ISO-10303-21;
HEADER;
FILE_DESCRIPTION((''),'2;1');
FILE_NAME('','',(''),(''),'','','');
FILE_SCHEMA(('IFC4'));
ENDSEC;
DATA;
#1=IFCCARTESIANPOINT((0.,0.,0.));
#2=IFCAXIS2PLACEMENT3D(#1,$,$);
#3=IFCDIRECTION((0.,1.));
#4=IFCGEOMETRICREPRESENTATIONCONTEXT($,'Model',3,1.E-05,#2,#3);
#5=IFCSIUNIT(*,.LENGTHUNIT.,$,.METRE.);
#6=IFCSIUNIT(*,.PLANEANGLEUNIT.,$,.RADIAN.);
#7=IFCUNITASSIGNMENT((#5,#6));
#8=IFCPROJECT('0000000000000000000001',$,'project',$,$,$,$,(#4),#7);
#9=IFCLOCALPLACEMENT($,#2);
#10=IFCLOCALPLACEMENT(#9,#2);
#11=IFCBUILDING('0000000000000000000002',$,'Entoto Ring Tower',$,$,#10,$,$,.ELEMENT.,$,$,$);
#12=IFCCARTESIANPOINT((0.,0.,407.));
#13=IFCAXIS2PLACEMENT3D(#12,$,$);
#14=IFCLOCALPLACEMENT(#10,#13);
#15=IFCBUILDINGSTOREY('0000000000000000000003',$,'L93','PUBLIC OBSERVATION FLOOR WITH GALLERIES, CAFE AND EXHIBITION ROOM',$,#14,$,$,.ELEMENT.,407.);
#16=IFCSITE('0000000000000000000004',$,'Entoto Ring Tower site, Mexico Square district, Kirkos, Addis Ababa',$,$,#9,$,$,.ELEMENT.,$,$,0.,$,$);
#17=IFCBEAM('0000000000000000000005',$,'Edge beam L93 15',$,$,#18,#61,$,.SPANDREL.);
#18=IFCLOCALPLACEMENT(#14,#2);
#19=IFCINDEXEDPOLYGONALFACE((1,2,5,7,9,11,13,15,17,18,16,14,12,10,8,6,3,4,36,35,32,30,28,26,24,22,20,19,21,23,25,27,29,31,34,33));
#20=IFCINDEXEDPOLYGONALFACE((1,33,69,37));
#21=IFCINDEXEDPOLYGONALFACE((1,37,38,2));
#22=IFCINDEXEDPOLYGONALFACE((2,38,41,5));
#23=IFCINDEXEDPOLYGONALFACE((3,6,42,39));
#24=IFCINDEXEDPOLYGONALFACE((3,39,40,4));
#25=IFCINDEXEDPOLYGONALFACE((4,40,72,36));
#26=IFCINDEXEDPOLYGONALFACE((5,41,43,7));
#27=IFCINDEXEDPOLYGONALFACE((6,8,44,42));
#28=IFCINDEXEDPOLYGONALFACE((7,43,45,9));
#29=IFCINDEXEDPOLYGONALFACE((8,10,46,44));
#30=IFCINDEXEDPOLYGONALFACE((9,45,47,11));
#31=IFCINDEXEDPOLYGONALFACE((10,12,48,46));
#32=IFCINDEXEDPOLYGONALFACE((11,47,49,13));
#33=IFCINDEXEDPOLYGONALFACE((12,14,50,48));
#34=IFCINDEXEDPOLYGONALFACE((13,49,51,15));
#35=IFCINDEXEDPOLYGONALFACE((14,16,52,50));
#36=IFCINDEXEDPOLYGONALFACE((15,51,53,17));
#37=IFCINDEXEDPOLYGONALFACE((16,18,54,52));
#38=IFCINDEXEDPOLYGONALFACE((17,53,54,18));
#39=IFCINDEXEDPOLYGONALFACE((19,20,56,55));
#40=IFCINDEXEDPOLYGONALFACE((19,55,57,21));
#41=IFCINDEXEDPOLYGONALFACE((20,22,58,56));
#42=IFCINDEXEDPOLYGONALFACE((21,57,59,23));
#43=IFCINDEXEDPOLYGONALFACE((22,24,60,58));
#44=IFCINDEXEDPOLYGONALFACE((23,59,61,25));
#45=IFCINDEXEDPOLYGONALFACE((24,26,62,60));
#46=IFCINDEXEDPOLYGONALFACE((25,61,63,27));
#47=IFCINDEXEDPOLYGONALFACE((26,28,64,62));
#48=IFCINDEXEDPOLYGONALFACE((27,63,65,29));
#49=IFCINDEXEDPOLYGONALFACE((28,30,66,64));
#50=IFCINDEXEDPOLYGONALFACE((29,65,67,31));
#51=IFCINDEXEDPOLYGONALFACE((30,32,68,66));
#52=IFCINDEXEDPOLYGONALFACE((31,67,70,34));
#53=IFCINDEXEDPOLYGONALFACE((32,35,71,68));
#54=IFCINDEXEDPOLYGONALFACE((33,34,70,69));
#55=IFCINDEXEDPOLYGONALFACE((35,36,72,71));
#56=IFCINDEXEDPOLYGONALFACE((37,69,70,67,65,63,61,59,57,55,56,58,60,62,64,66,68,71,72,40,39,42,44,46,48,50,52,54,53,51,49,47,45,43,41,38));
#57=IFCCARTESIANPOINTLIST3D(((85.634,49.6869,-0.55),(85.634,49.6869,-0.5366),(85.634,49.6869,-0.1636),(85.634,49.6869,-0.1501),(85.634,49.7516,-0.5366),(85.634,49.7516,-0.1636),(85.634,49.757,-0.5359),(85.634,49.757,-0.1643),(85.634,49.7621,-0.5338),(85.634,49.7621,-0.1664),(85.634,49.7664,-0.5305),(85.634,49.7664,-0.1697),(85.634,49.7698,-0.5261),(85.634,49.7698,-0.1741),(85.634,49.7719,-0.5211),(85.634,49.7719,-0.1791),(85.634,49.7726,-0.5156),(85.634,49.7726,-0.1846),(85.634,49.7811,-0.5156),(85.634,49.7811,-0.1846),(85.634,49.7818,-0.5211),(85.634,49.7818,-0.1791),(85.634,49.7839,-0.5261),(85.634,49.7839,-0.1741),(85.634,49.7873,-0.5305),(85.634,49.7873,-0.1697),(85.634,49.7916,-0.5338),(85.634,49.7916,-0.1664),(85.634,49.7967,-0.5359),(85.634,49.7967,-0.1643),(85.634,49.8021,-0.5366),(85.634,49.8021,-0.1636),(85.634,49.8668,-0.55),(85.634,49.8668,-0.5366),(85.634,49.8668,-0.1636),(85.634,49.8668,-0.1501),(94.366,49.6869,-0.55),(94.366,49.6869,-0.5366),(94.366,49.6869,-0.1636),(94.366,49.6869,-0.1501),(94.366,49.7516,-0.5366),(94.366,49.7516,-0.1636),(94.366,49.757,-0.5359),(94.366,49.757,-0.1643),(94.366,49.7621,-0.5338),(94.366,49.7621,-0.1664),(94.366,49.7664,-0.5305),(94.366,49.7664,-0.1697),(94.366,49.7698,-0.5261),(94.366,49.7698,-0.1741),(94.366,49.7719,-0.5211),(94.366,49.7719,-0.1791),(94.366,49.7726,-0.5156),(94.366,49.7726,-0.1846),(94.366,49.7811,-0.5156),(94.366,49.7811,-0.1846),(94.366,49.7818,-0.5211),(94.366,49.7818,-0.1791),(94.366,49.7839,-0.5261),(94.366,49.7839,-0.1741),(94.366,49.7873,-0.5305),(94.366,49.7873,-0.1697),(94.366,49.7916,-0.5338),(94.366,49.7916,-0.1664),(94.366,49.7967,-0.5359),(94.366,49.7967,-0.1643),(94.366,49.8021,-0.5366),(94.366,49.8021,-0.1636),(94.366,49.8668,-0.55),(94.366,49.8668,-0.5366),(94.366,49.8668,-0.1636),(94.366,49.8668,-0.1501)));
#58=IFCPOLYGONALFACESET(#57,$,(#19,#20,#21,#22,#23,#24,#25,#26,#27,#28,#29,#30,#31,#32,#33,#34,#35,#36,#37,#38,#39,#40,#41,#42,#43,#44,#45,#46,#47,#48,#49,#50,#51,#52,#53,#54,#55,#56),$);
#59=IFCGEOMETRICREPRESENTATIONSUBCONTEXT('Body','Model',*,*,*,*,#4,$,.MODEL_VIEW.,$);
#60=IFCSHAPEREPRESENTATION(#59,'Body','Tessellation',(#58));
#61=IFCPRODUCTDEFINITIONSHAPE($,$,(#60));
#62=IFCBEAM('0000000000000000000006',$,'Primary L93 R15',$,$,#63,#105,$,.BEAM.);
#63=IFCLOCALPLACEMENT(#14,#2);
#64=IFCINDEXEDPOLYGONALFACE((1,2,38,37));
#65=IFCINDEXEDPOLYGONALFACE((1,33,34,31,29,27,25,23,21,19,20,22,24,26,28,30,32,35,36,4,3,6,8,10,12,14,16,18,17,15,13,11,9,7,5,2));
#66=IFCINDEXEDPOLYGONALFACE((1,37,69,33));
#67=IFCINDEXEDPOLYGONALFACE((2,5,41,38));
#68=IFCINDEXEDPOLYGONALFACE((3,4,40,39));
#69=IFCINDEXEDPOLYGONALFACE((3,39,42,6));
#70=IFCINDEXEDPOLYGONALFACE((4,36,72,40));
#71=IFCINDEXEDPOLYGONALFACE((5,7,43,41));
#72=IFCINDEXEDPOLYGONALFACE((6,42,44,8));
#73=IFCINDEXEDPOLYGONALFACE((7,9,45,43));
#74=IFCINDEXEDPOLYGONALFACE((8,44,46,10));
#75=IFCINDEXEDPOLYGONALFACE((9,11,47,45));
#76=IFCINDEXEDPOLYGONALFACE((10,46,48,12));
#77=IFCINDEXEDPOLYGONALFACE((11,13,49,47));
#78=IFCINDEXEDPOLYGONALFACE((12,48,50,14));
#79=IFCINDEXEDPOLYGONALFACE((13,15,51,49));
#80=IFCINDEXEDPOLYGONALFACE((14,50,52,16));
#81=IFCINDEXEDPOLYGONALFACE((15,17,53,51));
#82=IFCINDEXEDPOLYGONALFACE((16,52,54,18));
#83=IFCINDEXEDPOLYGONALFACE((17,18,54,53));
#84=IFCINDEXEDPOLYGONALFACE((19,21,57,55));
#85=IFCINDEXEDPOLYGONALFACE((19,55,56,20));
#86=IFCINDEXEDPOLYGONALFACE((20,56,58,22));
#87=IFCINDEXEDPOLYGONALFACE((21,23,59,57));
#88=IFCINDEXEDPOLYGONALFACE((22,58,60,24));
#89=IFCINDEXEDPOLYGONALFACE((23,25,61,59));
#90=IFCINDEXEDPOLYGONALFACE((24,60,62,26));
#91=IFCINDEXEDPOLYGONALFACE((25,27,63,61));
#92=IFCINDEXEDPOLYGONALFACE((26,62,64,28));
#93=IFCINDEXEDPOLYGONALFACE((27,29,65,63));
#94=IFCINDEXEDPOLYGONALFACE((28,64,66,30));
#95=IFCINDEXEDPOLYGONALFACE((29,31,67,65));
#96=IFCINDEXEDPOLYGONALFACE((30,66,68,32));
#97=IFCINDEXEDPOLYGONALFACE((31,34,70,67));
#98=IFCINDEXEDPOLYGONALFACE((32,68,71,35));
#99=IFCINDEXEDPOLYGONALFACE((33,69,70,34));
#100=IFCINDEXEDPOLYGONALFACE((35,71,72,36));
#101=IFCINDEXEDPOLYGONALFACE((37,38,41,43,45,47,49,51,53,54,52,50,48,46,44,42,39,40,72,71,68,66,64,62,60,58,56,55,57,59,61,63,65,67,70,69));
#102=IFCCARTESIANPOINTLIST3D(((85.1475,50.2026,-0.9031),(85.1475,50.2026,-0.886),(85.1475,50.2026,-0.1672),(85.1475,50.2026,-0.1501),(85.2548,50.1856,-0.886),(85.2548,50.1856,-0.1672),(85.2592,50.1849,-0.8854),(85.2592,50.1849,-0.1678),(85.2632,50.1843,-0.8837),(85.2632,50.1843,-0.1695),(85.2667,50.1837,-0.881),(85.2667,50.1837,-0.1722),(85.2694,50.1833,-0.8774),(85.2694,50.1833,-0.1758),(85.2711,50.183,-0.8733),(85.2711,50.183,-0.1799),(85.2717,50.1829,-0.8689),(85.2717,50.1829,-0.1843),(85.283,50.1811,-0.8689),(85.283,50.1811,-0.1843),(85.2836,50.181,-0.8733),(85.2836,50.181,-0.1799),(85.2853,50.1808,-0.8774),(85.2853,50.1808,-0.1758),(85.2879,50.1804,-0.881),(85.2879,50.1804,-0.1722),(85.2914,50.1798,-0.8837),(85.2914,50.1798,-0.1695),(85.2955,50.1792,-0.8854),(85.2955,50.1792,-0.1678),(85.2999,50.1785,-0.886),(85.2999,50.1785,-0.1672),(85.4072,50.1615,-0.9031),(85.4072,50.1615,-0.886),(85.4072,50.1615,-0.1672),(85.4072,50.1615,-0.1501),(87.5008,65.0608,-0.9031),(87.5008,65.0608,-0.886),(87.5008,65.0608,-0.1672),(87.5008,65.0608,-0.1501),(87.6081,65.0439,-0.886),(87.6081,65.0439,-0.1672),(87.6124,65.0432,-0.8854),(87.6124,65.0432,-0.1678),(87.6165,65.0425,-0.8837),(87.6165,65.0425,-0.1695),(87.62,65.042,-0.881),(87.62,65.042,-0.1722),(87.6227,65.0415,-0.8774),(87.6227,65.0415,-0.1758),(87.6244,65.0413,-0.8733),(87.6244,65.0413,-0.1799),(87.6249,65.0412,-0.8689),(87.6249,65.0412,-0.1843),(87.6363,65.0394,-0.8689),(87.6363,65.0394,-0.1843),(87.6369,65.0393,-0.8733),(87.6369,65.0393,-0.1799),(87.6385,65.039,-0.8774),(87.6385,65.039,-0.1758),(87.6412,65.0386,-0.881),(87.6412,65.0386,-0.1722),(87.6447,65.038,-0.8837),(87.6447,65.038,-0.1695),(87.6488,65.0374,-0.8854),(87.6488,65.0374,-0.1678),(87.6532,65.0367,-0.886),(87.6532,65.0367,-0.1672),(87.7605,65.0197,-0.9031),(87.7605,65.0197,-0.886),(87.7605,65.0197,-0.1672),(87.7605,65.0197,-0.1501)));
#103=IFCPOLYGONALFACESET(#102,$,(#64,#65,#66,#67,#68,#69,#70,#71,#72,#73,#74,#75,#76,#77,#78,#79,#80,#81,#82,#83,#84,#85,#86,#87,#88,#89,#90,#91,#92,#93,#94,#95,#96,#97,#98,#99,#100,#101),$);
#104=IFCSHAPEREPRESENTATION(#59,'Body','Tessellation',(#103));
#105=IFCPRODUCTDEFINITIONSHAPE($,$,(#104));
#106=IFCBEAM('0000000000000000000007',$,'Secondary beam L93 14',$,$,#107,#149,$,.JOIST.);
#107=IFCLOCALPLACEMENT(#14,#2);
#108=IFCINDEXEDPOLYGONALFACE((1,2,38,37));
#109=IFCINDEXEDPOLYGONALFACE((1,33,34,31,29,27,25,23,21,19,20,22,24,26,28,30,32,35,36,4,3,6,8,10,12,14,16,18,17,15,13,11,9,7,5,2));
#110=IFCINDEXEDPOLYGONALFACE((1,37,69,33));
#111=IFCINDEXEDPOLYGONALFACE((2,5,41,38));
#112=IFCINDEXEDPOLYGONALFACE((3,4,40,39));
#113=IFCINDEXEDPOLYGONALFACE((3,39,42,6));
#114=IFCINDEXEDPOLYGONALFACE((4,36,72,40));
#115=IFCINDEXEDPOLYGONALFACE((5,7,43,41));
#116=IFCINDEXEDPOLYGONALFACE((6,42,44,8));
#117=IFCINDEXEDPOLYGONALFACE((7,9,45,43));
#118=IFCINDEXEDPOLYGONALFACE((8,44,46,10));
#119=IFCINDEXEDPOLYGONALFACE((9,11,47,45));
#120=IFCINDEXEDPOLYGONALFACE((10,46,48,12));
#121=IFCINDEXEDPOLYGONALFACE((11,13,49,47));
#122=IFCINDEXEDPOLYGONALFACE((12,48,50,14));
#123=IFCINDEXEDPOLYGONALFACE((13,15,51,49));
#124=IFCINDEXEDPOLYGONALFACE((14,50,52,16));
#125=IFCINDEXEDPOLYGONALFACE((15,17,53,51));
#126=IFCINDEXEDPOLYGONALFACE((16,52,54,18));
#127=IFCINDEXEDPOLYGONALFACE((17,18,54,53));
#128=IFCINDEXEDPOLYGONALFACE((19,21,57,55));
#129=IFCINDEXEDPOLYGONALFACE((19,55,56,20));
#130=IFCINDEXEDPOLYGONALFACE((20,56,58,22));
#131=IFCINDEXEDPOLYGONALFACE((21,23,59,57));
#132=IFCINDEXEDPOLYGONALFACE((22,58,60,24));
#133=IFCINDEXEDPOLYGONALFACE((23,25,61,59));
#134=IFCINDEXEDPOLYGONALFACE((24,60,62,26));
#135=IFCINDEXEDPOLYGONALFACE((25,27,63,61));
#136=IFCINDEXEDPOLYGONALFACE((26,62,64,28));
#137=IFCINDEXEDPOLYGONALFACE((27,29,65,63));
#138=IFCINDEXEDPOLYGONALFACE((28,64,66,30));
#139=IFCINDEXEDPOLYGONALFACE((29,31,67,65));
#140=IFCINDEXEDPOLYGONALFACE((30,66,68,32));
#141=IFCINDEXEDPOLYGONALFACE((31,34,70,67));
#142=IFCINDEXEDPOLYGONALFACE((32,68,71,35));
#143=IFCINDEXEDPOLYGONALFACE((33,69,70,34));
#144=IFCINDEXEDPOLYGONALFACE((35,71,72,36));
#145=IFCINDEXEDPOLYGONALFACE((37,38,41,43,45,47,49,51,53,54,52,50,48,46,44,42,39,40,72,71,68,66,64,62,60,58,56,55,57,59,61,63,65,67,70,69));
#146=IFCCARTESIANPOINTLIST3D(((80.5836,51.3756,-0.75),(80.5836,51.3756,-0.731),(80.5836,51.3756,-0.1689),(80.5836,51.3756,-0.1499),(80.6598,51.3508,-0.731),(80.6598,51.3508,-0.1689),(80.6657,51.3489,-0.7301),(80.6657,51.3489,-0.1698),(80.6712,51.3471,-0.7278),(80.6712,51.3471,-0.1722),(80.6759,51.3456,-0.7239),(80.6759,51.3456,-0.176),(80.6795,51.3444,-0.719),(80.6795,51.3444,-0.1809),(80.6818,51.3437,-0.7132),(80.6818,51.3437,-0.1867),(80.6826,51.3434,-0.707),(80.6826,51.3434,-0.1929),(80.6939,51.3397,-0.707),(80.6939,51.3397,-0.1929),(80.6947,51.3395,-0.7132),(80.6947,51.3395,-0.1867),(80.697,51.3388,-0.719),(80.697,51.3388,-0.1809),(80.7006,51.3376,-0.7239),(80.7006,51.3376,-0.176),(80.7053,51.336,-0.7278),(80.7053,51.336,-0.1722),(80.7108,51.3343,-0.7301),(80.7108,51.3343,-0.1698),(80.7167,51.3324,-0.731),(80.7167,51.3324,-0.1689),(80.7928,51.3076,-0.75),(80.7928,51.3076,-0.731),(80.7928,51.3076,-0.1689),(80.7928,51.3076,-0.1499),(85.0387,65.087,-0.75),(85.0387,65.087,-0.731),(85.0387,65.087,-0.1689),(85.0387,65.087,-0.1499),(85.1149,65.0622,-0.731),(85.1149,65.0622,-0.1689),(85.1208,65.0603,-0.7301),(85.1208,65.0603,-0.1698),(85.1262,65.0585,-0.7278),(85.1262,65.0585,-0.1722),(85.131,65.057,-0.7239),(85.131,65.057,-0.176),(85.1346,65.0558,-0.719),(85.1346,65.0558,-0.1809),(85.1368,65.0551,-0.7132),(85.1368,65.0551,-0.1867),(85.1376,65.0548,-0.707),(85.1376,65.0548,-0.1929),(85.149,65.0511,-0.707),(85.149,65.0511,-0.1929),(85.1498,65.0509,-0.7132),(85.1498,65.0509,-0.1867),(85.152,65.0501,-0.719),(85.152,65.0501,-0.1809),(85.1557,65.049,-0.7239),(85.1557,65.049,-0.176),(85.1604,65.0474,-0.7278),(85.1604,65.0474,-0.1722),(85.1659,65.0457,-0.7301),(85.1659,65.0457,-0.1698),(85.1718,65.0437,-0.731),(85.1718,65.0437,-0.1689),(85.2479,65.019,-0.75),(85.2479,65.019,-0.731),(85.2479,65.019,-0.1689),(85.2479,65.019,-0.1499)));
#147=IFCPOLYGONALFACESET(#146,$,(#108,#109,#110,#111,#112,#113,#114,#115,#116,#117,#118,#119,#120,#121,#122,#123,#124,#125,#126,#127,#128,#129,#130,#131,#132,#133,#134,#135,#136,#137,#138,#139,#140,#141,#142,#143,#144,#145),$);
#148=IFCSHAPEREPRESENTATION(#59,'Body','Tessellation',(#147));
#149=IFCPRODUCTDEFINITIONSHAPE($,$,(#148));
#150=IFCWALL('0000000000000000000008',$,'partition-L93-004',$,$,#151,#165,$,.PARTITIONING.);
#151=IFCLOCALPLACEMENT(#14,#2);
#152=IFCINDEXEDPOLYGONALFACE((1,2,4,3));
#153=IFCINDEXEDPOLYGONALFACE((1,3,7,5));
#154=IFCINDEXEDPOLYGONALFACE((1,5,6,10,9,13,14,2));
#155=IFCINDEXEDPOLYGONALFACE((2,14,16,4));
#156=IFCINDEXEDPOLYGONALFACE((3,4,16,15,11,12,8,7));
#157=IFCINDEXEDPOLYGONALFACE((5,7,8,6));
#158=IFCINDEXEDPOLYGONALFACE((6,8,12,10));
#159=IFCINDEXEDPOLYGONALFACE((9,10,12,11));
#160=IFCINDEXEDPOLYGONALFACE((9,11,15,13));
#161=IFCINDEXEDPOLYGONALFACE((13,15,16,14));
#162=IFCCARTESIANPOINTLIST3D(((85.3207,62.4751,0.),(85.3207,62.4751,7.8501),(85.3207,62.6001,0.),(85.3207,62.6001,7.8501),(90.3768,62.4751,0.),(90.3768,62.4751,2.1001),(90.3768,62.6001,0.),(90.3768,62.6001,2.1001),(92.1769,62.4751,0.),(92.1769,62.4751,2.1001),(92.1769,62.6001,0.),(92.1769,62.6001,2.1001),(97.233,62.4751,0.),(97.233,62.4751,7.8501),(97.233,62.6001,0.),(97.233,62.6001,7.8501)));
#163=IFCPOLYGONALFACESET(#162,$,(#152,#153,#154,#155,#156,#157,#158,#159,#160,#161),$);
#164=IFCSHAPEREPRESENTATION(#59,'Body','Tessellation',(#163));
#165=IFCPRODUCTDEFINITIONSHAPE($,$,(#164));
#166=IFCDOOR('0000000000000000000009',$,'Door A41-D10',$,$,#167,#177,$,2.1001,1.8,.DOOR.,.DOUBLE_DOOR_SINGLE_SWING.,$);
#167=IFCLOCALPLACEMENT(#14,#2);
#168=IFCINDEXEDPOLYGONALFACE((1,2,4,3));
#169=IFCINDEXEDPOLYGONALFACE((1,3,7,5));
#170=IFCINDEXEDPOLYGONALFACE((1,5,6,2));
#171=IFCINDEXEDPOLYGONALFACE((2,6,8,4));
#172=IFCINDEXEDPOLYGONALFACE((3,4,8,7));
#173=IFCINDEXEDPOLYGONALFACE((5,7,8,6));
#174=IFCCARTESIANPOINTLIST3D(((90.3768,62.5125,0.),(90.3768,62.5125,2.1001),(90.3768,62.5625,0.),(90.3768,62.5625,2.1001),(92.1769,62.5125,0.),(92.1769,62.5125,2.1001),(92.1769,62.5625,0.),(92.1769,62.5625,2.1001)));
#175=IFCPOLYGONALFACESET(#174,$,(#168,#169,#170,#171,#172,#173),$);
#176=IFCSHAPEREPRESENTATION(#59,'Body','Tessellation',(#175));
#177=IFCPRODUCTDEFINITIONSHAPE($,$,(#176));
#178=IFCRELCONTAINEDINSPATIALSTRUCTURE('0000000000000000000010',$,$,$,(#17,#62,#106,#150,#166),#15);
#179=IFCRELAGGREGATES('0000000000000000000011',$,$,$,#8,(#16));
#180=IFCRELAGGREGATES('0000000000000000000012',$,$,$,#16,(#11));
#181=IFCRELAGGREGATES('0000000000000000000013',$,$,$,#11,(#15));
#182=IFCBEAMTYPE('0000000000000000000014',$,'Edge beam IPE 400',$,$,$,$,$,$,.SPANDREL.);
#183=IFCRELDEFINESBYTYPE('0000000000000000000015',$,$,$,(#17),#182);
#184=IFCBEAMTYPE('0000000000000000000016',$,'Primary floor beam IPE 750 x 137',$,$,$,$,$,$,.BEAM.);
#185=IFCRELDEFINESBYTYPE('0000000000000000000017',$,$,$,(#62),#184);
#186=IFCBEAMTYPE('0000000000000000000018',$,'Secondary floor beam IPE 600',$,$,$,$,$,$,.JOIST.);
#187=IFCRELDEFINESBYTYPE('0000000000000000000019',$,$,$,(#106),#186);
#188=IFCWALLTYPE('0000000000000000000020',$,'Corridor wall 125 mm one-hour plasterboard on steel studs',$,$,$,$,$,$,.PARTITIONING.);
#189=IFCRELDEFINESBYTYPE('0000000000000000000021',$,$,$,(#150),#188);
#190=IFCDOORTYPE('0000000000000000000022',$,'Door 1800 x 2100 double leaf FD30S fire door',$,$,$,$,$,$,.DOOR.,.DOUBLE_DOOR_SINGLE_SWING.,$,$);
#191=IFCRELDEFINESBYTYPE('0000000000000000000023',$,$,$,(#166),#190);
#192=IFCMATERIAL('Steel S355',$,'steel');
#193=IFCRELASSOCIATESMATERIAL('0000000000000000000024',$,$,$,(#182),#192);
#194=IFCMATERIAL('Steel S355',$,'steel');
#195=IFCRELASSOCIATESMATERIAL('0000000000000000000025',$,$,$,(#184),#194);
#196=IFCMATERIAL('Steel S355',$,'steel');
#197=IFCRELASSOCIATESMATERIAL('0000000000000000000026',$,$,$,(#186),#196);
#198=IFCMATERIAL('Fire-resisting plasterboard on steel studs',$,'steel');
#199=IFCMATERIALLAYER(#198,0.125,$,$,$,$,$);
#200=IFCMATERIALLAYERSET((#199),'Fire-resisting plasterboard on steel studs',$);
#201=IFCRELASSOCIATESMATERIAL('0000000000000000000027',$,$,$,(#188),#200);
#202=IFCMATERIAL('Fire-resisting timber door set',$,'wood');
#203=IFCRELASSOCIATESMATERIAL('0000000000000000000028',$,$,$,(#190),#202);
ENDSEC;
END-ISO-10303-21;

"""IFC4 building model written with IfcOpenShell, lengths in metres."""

from ifc_helpers import new_model, si_unit, direction, frame, frame_2d, origin, origin_2d, place, context, subcontext, project, spatial, rectangle, i_section, extrude, material, layer, layer_set, material_profile, profile_set, type_object, element, fill, save


model = new_model("IFC4")

# Units and contexts
model_context = context("Model", 3, precision=1e-05, world=origin(), true_north=direction((0.0, 1.0)))
body_context = subcontext(model_context, "Body", "Model", "MODEL_VIEW")
ifc_project = project(units=[si_unit("LENGTHUNIT", "METRE"), si_unit("PLANEANGLEUNIT", "RADIAN")], contexts=[model_context])

# Site, building, storey
site_placement = place(None, origin())
site = spatial("IfcSite", under=ifc_project, at=site_placement, Name="Entoto Ring Tower site, Mexico Square district, Kirkos, Addis Ababa", CompositionType="ELEMENT", RefElevation=0.0)
building_placement = place(site_placement, origin())
building = spatial("IfcBuilding", under=site, at=building_placement, Name="Entoto Ring Tower", CompositionType="ELEMENT")
storey_placement = place(building_placement, frame((0.0, 0.0, 407.0)))
storey = spatial("IfcBuildingStorey", under=building, at=storey_placement, Name="L93", Description="PUBLIC OBSERVATION FLOOR WITH GALLERIES, CAFE AND EXHIBITION ROOM", CompositionType="ELEMENT", Elevation=407.0)

# Beams
ifc_material_1 = material(Name="Steel S355", Category="steel")
ifc_material_profile_1 = material_profile(ifc_material_1, i_section(OverallWidth=0.1799, OverallDepth=0.3999, WebThickness=0.0085, FlangeThickness=0.0134, FilletRadius=0.021, at=origin_2d()), Name="IPE 400")
ifc_profile_set_1 = profile_set([ifc_material_profile_1], Name="Steel S355")
beam_type_1 = type_object("IfcBeamType", Name="Edge beam IPE 400", PredefinedType="SPANDREL", material=ifc_profile_set_1)
beam_1_placement = place(storey_placement, frame((85.634, 49.7769, -0.3501), z_axis=(1.0, 0.0, 0.0), x_axis=(0.0, 1.0, 0.0)))
element("IfcBeam", 1, at=beam_1_placement, inside=storey, type_object=beam_type_1, Name="Edge beam L93 15", PredefinedType="SPANDREL", context=body_context, shape_type="SweptSolid", body=[
    extrude(i_section(OverallWidth=0.1799, OverallDepth=0.3999, WebThickness=0.0085, FlangeThickness=0.0134, FilletRadius=0.021, at=origin_2d()), origin(), (0.0, 0.0, 1.0), 8.7319),
])
ifc_material_2 = material(Name="Steel S355", Category="steel")
ifc_material_profile_2 = material_profile(ifc_material_2, i_section(OverallWidth=0.2629, OverallDepth=0.7529, WebThickness=0.0115, FlangeThickness=0.0171, FilletRadius=0.0171, at=origin_2d()), Name="IPE 750 x 137")
ifc_profile_set_2 = profile_set([ifc_material_profile_2], Name="Steel S355")
beam_type_2 = type_object("IfcBeamType", Name="Primary floor beam IPE 750 x 137", PredefinedType="BEAM", material=ifc_profile_set_2)
beam_2_placement = place(storey_placement, frame((87.6306, 65.0403, -0.5266), z_axis=(-0.156433, -0.987689, 0.0), x_axis=(0.987689, -0.156433, 0.0)))
element("IfcBeam", 2, at=beam_2_placement, inside=storey, type_object=beam_type_2, Name="Primary L93 R15", PredefinedType="BEAM", context=body_context, shape_type="SweptSolid", body=[
    extrude(i_section(OverallWidth=0.2629, OverallDepth=0.7529, WebThickness=0.0115, FlangeThickness=0.0171, FilletRadius=0.0171, at=origin_2d()), origin(), (0.0, 0.0, 1.0), 15.0435),
])
ifc_material_3 = material(Name="Steel S355", Category="steel")
ifc_material_profile_3 = material_profile(ifc_material_3, i_section(OverallWidth=0.22, OverallDepth=0.6001, WebThickness=0.012, FlangeThickness=0.019, FilletRadius=0.0239, at=origin_2d()), Name="IPE 600")
ifc_profile_set_3 = profile_set([ifc_material_profile_3], Name="Steel S355")
beam_type_3 = type_object("IfcBeamType", Name="Secondary floor beam IPE 600", PredefinedType="JOIST", material=ifc_profile_set_3)
beam_3_placement = place(storey_placement, frame((85.1433, 65.053, -0.45), z_axis=(-0.309015, -0.951057, 0.0), x_axis=(0.951057, -0.309015, 0.0)))
element("IfcBeam", 3, at=beam_3_placement, inside=storey, type_object=beam_type_3, Name="Secondary beam L93 14", PredefinedType="JOIST", context=body_context, shape_type="SweptSolid", body=[
    extrude(i_section(OverallWidth=0.22, OverallDepth=0.6001, WebThickness=0.012, FlangeThickness=0.019, FilletRadius=0.0239, at=origin_2d()), origin(), (0.0, 0.0, 1.0), 14.417),
])

# Wall, opening, door
ifc_material_4 = material(Name="Fire-resisting plasterboard on steel studs", Category="steel")
ifc_layer_1 = layer(ifc_material_4, 0.125)
ifc_layer_set_1 = layer_set([ifc_layer_1], Name="Fire-resisting plasterboard on steel studs")
wall_type_1 = type_object("IfcWallType", Name="Corridor wall 125 mm one-hour plasterboard on steel studs", PredefinedType="PARTITIONING", material=ifc_layer_set_1)
wall_1_placement = place(storey_placement, frame((85.3208, 62.5376, 0.0), z_axis=(0.0, 0.0, 1.0), x_axis=(1.0, 0.0, 0.0)))
wall_1 = element("IfcWall", 4, at=wall_1_placement, inside=storey, type_object=wall_type_1, Name="partition-L93-004", PredefinedType="PARTITIONING", context=body_context, shape_type="SweptSolid", body=[
    extrude(rectangle(XDim=11.9124, YDim=0.125, at=frame_2d((5.9561, 0.0))), origin(), (0.0, 0.0, 1.0), 7.8501),
])
opening_1_placement = place(wall_1_placement, frame((5.0562, 0.0, 0.0)))
opening_1 = element("IfcOpeningElement", 5, at=opening_1_placement, cuts=wall_1, PredefinedType="OPENING", context=body_context, shape_type="SweptSolid", body=[
    extrude(rectangle(XDim=1.8, YDim=2.1001, at=frame_2d((0.8999, 1.05))), frame((0.0, 0.0725, 0.0), z_axis=(0.0, -1.0, 0.0), x_axis=(1.0, 0.0, 0.0)), (0.0, 0.0, 1.0), 0.145),
])
ifc_material_5 = material(Name="Fire-resisting timber door set", Category="wood")
door_type_1 = type_object("IfcDoorType", Name="Door 1800 x 2100 double leaf FD30S fire door", OperationType="DOUBLE_DOOR_SINGLE_SWING", PredefinedType="DOOR", material=ifc_material_5)
door_1_placement = place(opening_1_placement, origin())
door_1 = element("IfcDoor", 6, at=door_1_placement, inside=storey, type_object=door_type_1, Name="Door A41-D10", OperationType="DOUBLE_DOOR_SINGLE_SWING", OverallHeight=2.1001, OverallWidth=1.8, PredefinedType="DOOR", context=body_context, shape_type="SweptSolid", body=[
    extrude(rectangle(XDim=1.8, YDim=2.1001, at=frame_2d((0.8999, 1.05))), frame((0.0, 0.0249, 0.0), z_axis=(0.0, -1.0, 0.0), x_axis=(1.0, 0.0, 0.0)), (0.0, 0.0, 1.0), 0.05),
])
fill(opening_1, door_1)

save(model, "model.ifc")
